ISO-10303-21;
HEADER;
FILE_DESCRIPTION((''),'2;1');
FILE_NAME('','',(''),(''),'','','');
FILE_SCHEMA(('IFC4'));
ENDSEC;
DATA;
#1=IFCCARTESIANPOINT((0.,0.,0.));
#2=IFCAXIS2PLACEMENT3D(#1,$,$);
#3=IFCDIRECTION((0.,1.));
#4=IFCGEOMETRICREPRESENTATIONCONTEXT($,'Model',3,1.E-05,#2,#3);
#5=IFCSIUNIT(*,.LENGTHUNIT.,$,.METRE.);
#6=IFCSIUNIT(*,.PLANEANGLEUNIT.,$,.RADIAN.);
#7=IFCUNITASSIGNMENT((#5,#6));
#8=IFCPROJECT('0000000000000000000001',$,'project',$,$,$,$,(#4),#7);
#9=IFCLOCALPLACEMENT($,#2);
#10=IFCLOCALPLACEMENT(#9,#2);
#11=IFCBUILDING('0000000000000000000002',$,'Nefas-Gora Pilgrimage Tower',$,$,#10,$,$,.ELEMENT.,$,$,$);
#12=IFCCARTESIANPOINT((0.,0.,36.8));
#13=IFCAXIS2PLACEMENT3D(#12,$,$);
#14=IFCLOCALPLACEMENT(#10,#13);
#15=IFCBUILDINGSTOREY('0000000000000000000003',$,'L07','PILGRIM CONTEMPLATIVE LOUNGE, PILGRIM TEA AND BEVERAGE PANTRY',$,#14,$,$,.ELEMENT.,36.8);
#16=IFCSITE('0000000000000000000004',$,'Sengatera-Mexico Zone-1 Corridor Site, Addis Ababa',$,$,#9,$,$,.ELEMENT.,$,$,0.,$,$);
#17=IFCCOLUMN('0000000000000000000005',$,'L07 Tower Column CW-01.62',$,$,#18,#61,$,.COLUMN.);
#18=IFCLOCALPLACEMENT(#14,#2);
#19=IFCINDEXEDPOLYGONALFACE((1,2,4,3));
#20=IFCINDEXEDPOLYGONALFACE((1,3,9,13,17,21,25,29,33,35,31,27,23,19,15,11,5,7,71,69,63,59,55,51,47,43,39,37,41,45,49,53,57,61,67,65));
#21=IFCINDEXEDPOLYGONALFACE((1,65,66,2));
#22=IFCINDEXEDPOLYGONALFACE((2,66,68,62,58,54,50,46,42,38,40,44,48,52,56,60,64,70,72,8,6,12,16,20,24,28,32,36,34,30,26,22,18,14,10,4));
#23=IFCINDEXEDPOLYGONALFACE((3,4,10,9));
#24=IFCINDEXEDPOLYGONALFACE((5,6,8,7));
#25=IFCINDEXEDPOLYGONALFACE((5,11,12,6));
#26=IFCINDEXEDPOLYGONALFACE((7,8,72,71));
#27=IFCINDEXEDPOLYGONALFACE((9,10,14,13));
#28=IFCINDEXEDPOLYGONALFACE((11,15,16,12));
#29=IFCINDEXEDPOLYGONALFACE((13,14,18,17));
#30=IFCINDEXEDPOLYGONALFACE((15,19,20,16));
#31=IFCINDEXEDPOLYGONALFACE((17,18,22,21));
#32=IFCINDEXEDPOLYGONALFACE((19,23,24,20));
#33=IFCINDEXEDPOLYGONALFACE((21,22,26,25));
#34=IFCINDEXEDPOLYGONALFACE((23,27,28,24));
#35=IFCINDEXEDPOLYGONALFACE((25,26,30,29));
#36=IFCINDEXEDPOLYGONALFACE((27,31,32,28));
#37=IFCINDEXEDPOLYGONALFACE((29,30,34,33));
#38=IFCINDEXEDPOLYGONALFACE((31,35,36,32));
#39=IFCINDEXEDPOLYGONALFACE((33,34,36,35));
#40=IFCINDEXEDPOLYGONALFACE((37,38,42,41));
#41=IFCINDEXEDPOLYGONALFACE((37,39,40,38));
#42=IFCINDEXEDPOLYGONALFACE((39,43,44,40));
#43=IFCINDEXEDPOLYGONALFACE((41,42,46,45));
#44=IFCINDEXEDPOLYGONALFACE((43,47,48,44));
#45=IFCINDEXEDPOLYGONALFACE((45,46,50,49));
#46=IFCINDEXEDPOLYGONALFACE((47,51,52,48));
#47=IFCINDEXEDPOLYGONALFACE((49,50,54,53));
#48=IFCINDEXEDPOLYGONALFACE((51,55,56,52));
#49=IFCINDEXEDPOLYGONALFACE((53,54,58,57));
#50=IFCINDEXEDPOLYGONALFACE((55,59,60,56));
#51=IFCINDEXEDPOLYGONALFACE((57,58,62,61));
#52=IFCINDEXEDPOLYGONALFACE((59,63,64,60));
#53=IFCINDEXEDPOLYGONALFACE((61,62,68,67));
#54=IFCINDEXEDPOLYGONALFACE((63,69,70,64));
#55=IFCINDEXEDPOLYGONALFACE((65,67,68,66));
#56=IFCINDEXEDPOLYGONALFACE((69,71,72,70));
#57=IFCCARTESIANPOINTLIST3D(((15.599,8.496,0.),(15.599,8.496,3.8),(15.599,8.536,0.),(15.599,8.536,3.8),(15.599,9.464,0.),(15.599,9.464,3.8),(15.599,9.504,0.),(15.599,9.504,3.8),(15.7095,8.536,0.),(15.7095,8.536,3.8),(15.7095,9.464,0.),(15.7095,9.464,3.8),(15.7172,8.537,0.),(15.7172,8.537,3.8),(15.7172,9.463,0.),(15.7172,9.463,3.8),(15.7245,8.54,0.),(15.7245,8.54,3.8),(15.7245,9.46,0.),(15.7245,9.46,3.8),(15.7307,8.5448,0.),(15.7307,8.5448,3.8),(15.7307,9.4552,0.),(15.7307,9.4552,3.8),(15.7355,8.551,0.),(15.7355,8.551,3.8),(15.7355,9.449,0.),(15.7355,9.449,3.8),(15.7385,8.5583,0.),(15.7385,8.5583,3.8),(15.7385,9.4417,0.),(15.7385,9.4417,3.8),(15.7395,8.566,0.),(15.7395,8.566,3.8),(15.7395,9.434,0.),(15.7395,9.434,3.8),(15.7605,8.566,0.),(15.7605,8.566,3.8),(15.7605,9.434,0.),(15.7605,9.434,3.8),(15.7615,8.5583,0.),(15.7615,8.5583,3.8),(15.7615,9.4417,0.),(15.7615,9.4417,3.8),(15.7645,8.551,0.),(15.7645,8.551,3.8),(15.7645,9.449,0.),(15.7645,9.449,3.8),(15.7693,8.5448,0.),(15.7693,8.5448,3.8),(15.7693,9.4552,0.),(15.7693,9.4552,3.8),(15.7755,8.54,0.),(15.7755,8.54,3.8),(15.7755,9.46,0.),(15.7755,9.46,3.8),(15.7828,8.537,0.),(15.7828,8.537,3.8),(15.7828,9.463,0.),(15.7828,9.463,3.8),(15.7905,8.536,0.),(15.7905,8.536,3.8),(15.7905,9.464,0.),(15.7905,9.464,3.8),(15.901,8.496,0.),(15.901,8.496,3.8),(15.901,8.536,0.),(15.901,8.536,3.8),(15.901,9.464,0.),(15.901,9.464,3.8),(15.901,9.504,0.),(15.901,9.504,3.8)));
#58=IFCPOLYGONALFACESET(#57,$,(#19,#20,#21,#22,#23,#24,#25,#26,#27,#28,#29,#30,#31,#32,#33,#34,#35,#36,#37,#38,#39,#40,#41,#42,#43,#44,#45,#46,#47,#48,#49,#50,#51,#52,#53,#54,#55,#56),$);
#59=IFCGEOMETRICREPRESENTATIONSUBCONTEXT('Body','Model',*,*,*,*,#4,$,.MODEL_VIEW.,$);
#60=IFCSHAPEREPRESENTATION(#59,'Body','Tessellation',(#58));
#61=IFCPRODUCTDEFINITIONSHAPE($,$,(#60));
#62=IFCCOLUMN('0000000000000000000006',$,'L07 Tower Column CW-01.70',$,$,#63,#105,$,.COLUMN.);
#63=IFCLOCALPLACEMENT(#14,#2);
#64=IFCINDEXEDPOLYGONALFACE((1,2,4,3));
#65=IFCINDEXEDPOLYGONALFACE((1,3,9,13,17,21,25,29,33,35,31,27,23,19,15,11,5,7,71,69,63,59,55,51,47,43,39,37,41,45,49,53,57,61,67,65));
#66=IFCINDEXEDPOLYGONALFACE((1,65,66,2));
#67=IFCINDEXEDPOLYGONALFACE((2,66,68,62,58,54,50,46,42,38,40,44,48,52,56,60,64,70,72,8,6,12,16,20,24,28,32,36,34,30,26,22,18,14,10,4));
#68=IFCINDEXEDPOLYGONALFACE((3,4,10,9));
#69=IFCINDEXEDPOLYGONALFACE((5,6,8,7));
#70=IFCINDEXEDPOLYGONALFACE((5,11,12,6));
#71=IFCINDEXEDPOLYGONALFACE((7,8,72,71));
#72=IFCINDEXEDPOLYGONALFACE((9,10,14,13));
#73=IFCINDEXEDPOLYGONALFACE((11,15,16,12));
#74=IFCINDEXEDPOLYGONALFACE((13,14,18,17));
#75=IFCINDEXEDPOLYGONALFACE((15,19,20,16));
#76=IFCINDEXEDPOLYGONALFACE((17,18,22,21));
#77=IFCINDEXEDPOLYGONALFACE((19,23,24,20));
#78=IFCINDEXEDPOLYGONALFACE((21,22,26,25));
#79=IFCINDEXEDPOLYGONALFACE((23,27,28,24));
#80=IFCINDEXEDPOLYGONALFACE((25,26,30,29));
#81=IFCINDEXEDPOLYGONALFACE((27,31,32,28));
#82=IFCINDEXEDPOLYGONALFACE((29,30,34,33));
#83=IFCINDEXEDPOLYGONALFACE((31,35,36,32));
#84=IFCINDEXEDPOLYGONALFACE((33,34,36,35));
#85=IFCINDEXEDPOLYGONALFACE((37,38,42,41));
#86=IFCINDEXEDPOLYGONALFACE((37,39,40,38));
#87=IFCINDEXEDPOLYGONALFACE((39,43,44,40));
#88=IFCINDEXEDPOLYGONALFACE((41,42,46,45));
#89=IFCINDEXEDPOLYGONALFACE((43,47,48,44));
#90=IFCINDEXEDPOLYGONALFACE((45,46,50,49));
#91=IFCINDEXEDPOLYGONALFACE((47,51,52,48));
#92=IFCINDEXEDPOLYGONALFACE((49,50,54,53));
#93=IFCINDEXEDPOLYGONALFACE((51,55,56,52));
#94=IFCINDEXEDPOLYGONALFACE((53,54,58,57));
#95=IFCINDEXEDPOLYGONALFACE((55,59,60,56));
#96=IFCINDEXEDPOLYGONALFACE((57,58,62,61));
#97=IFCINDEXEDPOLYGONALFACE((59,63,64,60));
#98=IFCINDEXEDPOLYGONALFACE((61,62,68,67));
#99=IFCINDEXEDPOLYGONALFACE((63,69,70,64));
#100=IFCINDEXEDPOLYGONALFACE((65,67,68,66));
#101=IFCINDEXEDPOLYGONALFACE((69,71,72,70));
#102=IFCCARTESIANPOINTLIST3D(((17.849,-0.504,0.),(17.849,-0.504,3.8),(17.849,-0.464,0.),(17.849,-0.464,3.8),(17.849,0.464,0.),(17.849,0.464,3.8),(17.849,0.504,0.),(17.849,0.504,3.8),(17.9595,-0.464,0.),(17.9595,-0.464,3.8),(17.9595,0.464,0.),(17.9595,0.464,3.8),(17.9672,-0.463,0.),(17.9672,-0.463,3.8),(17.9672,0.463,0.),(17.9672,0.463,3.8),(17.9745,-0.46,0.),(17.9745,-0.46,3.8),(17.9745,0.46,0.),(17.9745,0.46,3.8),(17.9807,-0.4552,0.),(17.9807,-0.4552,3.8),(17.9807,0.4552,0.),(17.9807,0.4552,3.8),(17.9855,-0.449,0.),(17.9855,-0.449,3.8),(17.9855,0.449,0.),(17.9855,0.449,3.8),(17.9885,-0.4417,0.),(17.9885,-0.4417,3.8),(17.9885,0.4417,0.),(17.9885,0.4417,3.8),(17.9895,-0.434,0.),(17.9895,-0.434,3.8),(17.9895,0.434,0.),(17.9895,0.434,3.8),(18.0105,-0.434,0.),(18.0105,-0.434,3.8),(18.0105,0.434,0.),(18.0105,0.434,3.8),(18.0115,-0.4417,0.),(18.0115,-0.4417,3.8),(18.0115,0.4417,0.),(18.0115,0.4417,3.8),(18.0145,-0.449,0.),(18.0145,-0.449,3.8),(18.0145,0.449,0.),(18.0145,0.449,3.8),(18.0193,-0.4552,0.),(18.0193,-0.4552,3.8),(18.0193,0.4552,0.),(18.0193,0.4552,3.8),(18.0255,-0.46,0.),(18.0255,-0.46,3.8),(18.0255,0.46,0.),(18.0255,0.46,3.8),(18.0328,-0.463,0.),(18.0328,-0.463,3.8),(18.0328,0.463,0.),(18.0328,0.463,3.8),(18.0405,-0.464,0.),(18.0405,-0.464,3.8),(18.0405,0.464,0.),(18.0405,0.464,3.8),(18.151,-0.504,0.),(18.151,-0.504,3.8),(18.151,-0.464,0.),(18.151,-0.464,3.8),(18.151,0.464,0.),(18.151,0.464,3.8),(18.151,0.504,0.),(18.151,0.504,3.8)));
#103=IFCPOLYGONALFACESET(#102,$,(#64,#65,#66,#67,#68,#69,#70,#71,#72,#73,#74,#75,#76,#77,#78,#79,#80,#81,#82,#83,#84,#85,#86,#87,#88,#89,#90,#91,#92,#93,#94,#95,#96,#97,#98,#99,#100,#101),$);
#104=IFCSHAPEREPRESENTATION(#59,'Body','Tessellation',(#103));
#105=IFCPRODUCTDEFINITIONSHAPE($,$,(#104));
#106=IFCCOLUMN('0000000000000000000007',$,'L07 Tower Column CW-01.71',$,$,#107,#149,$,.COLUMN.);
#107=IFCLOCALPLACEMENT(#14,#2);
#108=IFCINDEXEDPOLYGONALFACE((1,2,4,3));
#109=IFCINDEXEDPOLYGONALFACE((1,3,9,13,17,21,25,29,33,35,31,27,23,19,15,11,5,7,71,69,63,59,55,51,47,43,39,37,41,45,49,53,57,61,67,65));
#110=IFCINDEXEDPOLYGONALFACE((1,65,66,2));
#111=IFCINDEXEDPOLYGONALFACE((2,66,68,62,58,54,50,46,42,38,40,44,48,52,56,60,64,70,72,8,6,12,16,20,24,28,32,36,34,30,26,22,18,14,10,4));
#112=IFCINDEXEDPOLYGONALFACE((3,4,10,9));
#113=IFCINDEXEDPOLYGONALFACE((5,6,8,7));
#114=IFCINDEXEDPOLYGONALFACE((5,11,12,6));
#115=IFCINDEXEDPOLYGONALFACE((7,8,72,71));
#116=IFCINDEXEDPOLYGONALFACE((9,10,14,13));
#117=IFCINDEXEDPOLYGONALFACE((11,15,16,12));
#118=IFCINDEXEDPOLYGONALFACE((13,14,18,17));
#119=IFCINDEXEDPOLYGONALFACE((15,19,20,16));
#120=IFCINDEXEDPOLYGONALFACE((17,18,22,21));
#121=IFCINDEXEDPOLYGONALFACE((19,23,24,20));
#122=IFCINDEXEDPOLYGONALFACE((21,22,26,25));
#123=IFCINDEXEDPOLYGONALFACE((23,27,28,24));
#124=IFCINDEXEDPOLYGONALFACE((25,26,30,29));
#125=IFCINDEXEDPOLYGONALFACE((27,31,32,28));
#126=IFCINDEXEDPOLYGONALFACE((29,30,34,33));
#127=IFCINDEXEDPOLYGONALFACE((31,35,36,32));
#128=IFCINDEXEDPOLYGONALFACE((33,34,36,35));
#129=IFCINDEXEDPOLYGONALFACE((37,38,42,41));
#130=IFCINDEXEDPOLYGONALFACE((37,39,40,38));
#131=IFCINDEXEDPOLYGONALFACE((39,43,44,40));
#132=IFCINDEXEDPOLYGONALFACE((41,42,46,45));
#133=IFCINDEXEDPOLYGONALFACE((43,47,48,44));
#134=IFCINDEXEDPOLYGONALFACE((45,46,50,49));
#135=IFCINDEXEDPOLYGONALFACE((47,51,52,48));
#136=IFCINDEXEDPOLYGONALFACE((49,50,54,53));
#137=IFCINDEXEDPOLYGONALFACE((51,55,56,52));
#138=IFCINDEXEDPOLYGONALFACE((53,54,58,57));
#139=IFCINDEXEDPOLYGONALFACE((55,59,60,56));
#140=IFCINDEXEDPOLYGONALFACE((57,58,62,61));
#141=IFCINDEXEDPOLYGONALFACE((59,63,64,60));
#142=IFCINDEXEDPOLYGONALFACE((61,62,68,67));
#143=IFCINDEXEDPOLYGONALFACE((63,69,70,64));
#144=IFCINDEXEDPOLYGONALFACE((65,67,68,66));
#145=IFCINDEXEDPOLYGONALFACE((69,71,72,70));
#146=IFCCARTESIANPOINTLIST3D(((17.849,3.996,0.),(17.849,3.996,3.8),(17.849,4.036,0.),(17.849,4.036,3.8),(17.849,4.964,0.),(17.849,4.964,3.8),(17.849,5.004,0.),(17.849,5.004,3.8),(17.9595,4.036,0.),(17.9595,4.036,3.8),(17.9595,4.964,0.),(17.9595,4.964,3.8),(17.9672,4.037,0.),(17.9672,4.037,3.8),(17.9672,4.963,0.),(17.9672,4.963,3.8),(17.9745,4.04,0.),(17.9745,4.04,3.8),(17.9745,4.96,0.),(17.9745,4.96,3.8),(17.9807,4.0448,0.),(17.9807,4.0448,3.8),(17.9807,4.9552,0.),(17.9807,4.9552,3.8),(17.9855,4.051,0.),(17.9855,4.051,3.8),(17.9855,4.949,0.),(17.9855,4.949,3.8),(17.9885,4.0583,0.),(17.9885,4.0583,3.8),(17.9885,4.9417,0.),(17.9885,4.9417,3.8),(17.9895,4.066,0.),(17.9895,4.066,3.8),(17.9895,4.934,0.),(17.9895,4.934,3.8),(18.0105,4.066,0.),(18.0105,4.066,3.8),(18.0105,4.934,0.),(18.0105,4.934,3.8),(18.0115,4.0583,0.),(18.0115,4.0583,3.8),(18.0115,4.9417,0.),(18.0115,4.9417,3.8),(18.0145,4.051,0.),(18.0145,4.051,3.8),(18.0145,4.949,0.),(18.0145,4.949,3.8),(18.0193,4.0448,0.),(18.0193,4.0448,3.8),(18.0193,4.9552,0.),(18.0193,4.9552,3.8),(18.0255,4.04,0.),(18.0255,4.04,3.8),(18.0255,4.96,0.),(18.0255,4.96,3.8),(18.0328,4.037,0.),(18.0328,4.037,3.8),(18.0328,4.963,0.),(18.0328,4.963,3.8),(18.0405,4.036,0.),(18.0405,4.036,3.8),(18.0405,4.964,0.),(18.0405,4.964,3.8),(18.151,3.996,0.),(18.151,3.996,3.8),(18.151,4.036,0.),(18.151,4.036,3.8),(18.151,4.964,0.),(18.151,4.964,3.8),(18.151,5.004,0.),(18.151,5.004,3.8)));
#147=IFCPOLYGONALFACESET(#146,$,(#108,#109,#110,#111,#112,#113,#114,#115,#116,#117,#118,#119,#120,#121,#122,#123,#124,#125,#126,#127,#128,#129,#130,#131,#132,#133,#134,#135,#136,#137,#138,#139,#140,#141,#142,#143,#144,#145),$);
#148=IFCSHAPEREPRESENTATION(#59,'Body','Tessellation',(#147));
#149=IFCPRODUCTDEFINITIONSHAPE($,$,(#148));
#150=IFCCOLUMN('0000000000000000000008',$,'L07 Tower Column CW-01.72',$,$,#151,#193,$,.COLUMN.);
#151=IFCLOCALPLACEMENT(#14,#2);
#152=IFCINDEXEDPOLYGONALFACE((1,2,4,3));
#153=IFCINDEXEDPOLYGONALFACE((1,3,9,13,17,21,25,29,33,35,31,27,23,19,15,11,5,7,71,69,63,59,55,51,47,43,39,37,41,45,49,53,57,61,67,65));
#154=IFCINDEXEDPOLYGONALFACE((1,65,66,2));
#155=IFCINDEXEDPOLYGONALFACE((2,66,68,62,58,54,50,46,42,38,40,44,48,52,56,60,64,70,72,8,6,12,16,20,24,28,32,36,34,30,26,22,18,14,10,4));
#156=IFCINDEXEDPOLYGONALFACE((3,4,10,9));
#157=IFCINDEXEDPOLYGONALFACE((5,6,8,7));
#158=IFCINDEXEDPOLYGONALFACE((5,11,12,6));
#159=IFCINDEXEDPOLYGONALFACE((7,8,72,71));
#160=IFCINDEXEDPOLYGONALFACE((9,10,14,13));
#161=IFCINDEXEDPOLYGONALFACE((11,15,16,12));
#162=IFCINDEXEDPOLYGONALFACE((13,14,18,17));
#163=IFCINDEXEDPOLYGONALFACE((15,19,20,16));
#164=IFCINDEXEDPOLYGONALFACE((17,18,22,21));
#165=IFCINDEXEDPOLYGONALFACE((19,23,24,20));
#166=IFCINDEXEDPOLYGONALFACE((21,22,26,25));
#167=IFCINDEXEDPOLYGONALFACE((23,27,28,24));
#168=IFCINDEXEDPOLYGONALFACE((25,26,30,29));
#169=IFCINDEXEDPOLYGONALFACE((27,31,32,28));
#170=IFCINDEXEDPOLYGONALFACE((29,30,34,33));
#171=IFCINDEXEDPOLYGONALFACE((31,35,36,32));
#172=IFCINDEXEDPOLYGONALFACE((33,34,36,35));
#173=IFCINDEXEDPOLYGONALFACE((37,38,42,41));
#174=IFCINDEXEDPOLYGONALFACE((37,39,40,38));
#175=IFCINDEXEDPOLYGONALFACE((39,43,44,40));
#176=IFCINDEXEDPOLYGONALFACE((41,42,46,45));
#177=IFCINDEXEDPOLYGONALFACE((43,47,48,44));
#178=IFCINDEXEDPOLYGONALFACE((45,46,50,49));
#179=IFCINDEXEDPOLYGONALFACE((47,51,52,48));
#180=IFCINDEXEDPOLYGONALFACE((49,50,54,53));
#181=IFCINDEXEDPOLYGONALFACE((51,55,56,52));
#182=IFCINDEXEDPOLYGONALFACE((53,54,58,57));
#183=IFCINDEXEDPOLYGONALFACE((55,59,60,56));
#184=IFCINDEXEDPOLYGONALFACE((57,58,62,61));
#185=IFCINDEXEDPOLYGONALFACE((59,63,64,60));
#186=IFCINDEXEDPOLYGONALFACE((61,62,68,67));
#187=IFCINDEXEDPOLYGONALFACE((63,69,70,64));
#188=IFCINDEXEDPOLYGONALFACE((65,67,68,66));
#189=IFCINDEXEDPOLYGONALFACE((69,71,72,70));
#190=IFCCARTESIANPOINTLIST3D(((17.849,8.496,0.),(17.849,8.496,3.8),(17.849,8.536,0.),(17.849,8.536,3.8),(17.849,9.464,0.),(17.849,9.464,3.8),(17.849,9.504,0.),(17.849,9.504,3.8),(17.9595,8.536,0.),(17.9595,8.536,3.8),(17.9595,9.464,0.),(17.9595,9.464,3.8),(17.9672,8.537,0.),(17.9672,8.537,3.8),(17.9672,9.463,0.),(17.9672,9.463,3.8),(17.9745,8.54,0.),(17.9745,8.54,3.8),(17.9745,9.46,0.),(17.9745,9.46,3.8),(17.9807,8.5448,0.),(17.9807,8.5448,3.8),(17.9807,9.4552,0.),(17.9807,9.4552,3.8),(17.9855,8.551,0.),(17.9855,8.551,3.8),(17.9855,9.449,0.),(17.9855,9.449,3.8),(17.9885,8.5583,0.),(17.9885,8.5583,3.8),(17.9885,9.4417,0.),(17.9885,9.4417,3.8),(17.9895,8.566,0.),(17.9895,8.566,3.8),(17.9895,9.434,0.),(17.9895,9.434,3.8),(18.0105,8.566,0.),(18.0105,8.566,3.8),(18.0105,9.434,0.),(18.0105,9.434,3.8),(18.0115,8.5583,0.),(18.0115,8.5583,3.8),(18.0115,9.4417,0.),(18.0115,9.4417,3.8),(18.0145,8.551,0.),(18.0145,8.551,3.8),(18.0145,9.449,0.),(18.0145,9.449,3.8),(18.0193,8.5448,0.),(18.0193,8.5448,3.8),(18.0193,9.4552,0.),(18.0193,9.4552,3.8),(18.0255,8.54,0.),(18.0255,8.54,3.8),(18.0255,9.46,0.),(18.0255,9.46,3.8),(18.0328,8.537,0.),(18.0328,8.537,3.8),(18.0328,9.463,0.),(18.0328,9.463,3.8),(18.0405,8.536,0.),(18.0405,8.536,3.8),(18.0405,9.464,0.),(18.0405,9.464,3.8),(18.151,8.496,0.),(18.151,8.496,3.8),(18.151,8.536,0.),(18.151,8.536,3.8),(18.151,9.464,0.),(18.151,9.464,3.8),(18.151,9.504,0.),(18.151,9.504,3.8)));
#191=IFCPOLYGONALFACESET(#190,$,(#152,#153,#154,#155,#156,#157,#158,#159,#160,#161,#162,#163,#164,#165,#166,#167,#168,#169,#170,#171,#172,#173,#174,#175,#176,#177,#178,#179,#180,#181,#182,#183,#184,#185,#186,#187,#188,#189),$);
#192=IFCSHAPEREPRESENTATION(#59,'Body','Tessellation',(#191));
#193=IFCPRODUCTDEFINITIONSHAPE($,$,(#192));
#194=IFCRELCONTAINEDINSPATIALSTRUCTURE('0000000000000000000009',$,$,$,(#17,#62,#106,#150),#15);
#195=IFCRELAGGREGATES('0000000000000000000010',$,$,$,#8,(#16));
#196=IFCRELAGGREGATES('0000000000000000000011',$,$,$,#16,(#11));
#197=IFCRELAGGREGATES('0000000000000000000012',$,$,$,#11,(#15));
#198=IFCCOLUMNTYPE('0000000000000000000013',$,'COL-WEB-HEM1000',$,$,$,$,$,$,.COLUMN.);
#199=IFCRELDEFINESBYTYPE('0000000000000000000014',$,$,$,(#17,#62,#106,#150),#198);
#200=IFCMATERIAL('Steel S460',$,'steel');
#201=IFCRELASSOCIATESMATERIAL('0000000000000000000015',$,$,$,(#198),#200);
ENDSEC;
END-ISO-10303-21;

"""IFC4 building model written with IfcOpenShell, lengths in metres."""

from ifc_helpers import new_model, si_unit, direction, frame, origin, origin_2d, place, context, subcontext, project, spatial, i_section, extrude, source, transform, mapped, material, material_profile, profile_set, type_object, element, save


model = new_model("IFC4")

# Units and contexts
model_context = context("Model", 3, precision=1e-05, world=origin(), true_north=direction((0.0, 1.0)))
body_context = subcontext(model_context, "Body", "Model", "MODEL_VIEW")
ifc_project = project(units=[si_unit("LENGTHUNIT", "METRE"), si_unit("PLANEANGLEUNIT", "RADIAN")], contexts=[model_context])

# Site, building, storey
site_placement = place(None, origin())
site = spatial("IfcSite", under=ifc_project, at=site_placement, Name="Sengatera-Mexico Zone-1 Corridor Site, Addis Ababa", CompositionType="ELEMENT", RefElevation=0.0)
building_placement = place(site_placement, origin())
building = spatial("IfcBuilding", under=site, at=building_placement, Name="Nefas-Gora Pilgrimage Tower", CompositionType="ELEMENT")
storey_placement = place(building_placement, frame((0.0, 0.0, 36.8)))
storey = spatial("IfcBuildingStorey", under=building, at=storey_placement, Name="L07", Description="PILGRIM CONTEMPLATIVE LOUNGE, PILGRIM TEA AND BEVERAGE PANTRY", CompositionType="ELEMENT", Elevation=36.8)

# Columns
ifc_material_1 = material(Name="Steel S460", Category="steel")
ifc_material_profile_1 = material_profile(ifc_material_1, i_section(OverallWidth=0.302, OverallDepth=1.0081, WebThickness=0.021, FlangeThickness=0.04, FilletRadius=0.03, at=origin_2d()), Name="HEM 1000")
ifc_profile_set_1 = profile_set([ifc_material_profile_1], Name="Steel S460")
column_type_1 = type_object("IfcColumnType", Name="COL-WEB-HEM1000", PredefinedType="COLUMN", material=ifc_profile_set_1)
shared_shape_1 = source(origin(), body_context, "Body", "SweptSolid", [
    extrude(i_section(OverallWidth=0.302, OverallDepth=1.0081, WebThickness=0.021, FlangeThickness=0.04, FilletRadius=0.03, at=origin_2d()), origin(), (0.0, 0.0, 1.0), 3.8),
])
for number, where, z_axis, x_axis, name in (
    (1, (15.75, 9.0, 0.0), (0.0, 0.0, 1.0), (1.0, 0.0, 0.0), "L07 Tower Column CW-01.62"),
    (2, (18.0, 0.0, 0.0), (0.0, 0.0, 1.0), (1.0, 0.0, 0.0), "L07 Tower Column CW-01.70"),
    (3, (18.0, 4.5, 0.0), (0.0, 0.0, 1.0), (1.0, 0.0, 0.0), "L07 Tower Column CW-01.71"),
    (4, (18.0, 9.0, 0.0), (0.0, 0.0, 1.0), (1.0, 0.0, 0.0), "L07 Tower Column CW-01.72"),
):
    element("IfcColumn", number, at=place(storey_placement, frame(where, z_axis=z_axis, x_axis=x_axis)), inside=storey, type_object=column_type_1, Name=name, PredefinedType="COLUMN", context=body_context, shape_type="MappedRepresentation", body=[
        mapped(shared_shape_1, transform((0.0, 0.0, 0.0), x_axis=(1.0, 0.0, 0.0), y_axis=(0.0, 1.0, 0.0), z_axis=(0.0, 0.0, 1.0), scale=1.0)),
    ])

save(model, "model.ifc")
